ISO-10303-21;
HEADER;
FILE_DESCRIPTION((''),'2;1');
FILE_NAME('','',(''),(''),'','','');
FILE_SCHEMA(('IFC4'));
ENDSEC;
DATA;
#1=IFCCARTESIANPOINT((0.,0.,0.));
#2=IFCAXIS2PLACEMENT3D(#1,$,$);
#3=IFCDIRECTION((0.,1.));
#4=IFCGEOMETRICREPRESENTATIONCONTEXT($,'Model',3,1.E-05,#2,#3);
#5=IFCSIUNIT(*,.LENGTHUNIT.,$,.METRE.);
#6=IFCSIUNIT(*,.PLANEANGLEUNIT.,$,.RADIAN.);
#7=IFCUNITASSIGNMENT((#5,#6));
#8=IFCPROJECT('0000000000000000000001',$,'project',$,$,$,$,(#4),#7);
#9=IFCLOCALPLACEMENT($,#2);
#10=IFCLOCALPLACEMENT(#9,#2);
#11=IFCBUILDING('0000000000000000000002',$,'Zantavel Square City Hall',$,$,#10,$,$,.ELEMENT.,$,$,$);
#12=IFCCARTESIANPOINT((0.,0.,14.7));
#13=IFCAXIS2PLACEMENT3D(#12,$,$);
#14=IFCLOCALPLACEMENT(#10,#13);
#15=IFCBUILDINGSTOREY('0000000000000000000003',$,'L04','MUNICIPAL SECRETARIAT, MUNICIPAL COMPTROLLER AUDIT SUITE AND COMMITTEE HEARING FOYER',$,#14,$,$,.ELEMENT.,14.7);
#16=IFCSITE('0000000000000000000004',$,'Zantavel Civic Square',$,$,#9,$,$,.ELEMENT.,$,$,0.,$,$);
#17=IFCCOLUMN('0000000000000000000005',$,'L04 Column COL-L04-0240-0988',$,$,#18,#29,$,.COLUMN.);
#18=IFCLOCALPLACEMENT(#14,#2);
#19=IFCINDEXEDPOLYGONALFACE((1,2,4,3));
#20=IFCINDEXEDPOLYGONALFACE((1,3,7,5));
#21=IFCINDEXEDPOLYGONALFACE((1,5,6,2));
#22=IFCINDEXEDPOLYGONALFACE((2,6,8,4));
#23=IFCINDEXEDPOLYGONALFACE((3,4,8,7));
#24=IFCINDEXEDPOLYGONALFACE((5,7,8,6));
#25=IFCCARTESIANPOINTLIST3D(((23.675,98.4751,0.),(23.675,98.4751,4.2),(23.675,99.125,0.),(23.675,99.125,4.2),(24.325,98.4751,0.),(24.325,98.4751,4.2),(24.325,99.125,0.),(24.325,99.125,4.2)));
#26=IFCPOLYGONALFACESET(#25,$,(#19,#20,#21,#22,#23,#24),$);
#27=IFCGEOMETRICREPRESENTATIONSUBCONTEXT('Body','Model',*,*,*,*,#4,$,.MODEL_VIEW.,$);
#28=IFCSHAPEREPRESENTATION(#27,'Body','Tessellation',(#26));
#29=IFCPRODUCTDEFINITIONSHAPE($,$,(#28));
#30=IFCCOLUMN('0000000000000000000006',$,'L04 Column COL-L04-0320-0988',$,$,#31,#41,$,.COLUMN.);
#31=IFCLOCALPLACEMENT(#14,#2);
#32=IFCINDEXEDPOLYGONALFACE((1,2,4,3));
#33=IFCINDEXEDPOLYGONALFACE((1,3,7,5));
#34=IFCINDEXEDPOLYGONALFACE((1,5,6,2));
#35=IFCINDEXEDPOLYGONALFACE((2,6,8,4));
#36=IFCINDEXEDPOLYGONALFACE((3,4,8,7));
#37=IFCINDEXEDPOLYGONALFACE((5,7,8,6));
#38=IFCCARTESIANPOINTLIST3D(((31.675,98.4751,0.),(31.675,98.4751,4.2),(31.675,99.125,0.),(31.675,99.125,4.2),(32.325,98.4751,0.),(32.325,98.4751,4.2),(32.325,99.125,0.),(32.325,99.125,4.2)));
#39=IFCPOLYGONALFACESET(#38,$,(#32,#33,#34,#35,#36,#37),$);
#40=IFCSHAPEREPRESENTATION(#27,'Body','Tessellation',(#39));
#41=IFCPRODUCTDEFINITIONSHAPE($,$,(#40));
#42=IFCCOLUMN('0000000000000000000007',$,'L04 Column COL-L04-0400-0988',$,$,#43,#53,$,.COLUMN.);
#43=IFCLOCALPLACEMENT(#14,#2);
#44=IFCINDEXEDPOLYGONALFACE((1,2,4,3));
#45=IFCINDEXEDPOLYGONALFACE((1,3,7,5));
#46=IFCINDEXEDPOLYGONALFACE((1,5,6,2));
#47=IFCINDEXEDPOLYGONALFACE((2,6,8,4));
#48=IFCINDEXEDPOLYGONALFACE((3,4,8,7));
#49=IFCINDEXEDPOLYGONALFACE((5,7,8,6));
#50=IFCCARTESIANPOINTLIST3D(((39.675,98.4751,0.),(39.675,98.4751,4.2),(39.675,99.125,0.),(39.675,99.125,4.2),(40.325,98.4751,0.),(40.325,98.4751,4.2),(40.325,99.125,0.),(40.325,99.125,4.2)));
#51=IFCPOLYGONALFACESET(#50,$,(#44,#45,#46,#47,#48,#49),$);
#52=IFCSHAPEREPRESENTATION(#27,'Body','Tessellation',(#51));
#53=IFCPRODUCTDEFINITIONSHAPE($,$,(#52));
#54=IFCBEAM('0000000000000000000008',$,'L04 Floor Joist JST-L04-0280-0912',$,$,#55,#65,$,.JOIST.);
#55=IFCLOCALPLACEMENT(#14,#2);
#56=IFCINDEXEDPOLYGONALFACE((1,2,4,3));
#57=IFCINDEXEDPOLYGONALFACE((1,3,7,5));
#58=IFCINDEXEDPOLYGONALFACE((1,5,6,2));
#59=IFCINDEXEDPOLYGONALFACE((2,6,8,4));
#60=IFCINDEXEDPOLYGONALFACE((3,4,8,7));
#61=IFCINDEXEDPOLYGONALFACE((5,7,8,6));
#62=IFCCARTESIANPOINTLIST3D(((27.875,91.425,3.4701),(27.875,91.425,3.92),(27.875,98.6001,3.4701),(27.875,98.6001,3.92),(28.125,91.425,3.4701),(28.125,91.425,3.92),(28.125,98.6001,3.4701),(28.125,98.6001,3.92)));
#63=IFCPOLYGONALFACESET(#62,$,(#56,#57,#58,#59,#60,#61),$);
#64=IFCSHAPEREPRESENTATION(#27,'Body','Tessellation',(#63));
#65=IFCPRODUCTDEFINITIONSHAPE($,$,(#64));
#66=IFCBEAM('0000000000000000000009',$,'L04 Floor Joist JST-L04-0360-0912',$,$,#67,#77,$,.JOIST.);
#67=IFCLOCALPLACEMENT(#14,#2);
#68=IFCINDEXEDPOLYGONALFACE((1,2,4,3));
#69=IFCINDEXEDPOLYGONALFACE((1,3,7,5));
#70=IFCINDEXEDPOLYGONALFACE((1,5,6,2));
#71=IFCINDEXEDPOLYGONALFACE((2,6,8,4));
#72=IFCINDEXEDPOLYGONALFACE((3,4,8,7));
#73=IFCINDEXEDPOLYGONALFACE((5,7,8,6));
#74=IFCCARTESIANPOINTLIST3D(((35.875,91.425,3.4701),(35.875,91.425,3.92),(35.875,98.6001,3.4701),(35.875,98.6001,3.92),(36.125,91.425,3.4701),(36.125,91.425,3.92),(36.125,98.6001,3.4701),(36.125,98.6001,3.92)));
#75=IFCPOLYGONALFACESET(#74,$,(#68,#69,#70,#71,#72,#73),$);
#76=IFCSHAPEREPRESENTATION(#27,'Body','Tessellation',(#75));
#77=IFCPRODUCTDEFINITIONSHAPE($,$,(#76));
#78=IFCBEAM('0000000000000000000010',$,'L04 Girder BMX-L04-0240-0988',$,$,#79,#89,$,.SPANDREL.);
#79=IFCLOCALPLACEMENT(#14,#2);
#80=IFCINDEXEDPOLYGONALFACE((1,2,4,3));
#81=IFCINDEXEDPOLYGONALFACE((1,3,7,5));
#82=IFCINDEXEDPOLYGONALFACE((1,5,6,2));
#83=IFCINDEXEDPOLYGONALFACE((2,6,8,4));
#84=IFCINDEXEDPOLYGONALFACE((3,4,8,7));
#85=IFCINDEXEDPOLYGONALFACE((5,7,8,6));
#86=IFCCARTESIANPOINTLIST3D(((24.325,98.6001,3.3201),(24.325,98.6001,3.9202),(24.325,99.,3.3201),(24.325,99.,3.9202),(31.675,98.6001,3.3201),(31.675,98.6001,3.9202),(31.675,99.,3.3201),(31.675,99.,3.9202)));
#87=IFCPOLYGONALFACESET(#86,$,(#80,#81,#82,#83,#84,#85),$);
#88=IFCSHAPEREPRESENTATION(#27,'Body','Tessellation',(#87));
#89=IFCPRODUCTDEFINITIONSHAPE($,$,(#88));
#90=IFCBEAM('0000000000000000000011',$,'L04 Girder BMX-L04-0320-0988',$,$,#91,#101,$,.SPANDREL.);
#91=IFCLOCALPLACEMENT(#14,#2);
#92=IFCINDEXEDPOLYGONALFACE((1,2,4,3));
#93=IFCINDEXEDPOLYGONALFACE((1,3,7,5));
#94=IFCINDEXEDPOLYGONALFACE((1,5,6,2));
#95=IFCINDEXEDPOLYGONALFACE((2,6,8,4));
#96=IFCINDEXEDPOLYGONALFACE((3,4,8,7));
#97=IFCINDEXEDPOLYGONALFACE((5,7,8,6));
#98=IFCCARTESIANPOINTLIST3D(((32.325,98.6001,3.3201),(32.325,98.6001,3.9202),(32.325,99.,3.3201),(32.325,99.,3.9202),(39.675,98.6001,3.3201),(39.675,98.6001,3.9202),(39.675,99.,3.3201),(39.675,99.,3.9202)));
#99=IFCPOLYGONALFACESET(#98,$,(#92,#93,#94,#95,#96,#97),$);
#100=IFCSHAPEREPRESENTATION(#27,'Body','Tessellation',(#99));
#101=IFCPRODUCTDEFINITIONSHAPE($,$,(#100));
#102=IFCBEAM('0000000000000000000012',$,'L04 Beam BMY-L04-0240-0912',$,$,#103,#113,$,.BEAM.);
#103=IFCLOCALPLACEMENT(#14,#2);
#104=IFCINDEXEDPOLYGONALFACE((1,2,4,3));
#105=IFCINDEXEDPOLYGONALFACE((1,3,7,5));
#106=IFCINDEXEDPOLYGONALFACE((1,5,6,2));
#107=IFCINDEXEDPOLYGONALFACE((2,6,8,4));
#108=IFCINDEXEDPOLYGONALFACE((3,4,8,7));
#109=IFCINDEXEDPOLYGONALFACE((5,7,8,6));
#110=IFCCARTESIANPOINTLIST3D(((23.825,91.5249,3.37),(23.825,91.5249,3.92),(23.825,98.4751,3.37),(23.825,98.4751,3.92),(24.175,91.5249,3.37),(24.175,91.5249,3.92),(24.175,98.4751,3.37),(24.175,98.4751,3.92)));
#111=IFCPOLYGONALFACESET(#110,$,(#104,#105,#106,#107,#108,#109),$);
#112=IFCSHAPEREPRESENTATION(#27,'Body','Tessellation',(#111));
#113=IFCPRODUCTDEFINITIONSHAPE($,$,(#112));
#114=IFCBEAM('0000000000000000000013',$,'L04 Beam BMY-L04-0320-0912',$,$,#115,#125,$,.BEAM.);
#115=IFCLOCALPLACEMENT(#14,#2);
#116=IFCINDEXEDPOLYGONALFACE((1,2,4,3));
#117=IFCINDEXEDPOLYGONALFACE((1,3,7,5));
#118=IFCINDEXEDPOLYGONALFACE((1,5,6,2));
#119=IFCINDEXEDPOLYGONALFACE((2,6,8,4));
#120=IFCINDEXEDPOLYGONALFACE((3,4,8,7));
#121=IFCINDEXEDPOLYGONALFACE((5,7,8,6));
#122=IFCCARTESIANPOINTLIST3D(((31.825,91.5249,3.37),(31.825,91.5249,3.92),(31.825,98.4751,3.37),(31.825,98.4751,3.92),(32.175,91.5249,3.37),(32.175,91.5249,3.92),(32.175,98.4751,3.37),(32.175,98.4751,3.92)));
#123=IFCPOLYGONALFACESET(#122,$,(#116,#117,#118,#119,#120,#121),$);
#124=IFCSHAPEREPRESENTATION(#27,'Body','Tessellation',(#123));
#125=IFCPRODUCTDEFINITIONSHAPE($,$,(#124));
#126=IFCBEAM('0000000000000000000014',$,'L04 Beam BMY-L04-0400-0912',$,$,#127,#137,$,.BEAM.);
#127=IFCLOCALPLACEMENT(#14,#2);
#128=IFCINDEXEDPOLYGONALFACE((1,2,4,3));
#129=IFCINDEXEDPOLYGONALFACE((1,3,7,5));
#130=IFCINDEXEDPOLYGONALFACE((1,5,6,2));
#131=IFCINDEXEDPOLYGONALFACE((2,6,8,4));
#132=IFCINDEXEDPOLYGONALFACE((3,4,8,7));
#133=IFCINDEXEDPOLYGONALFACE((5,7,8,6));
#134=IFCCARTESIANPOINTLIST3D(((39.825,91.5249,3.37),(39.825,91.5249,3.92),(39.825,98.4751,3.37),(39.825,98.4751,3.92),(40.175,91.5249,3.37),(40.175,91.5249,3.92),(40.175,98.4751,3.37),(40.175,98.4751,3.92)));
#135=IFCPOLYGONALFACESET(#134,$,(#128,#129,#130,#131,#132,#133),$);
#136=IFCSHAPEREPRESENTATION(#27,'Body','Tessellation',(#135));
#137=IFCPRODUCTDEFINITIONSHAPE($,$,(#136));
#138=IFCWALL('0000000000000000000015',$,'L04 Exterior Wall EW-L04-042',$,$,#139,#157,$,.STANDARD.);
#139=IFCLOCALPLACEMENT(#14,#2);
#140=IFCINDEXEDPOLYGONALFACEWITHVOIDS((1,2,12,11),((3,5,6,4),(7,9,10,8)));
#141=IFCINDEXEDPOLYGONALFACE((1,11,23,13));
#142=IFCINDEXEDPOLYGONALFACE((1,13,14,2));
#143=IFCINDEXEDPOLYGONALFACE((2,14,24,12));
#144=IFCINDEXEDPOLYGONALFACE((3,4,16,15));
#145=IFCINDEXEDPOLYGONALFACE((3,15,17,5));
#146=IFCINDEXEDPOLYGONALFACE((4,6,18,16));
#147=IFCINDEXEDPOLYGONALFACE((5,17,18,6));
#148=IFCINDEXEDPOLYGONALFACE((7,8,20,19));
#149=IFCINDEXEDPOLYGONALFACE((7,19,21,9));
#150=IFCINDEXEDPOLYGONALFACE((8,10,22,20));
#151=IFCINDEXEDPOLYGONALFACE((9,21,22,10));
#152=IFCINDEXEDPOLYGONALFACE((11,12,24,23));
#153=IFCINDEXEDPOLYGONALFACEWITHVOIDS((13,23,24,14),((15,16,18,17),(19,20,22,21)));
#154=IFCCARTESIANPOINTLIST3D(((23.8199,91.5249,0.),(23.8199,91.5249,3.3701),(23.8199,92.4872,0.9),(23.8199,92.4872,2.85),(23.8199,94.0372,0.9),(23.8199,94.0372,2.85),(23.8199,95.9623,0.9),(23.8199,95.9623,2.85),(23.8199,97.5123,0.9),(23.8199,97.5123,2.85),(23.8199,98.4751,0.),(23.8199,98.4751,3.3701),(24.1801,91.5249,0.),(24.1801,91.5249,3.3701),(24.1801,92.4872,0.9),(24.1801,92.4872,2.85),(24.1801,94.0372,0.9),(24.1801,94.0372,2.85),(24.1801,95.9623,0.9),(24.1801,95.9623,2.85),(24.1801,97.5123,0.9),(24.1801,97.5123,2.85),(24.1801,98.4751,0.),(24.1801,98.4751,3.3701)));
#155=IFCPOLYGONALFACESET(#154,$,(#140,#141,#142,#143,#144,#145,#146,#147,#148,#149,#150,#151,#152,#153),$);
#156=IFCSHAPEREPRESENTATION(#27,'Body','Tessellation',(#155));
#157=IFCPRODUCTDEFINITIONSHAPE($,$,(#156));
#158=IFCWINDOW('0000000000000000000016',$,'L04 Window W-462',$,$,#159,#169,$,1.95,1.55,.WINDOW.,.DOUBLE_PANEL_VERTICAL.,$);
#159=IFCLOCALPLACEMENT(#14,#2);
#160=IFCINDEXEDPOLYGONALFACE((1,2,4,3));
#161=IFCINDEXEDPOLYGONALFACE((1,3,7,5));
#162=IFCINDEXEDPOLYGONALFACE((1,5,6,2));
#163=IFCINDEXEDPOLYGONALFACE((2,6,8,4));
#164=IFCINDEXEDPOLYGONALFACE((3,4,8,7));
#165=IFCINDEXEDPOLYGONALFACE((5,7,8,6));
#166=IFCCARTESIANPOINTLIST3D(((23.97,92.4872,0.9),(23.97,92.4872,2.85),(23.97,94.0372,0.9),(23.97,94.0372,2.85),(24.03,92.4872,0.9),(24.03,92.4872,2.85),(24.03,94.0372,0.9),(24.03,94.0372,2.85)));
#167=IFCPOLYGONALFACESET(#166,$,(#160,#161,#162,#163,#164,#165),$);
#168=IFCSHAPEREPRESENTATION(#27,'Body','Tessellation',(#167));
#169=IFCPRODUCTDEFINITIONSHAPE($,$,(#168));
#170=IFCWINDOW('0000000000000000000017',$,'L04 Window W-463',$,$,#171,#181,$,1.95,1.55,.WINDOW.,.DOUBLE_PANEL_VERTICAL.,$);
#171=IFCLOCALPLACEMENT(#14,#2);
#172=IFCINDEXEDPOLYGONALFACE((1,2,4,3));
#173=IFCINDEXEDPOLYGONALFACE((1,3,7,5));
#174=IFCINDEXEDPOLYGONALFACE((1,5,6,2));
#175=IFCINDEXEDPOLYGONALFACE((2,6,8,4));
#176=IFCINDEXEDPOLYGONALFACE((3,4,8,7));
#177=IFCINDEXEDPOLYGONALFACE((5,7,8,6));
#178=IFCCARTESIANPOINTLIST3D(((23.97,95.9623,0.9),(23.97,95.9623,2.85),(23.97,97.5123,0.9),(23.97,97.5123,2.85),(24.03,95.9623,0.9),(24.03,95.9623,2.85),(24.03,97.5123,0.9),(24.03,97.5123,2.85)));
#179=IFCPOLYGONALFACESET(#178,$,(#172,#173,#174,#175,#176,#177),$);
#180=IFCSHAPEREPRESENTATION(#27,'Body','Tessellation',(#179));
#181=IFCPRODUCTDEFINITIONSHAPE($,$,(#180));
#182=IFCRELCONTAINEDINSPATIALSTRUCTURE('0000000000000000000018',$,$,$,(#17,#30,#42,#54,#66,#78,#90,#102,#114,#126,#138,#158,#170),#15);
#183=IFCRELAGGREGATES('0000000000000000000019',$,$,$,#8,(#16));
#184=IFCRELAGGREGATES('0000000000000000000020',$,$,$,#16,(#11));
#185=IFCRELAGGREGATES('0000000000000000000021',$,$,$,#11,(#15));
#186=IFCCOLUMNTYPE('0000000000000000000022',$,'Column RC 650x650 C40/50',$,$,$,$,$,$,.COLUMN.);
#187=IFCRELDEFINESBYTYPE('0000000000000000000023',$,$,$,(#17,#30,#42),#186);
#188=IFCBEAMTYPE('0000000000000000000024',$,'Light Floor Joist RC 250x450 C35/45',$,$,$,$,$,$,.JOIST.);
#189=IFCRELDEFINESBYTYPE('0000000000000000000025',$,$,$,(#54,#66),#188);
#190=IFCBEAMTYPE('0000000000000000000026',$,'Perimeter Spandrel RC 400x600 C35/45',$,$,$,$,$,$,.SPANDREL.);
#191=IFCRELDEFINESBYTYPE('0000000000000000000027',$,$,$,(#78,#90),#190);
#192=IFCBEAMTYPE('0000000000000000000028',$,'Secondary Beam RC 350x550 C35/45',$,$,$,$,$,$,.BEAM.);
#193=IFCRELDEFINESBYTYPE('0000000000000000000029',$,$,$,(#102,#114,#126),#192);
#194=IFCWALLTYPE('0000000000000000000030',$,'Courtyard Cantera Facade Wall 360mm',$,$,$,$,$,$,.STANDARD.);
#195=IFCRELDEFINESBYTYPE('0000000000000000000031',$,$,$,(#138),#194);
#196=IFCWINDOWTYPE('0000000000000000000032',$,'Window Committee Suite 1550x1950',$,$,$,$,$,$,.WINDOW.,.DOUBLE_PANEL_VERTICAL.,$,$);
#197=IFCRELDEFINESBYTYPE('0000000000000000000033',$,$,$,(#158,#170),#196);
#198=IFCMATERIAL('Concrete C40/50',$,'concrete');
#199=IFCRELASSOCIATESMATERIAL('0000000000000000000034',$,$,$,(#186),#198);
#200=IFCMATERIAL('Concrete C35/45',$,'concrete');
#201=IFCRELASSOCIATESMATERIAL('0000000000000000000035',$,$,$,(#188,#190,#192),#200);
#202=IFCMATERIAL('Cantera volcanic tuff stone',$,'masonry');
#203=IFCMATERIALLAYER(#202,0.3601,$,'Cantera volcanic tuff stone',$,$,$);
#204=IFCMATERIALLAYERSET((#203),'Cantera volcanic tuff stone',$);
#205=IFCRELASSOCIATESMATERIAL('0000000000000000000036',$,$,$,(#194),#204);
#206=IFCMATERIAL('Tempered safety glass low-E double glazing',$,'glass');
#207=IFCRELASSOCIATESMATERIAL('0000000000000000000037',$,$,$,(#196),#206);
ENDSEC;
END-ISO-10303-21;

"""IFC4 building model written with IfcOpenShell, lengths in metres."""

from ifc_helpers import new_model, si_unit, direction, frame, frame_2d, origin, origin_2d, place, context, subcontext, project, spatial, rectangle, extrude, material, layer, layer_set, material_profile, profile_set, type_object, element, fill, save


model = new_model("IFC4")

# Units and contexts
model_context = context("Model", 3, precision=1e-05, world=origin(), true_north=direction((0.0, 1.0)))
body_context = subcontext(model_context, "Body", "Model", "MODEL_VIEW")
ifc_project = project(units=[si_unit("LENGTHUNIT", "METRE"), si_unit("PLANEANGLEUNIT", "RADIAN")], contexts=[model_context])

# Site, building, storey
site_placement = place(None, origin())
site = spatial("IfcSite", under=ifc_project, at=site_placement, Name="Zantavel Civic Square", CompositionType="ELEMENT", RefElevation=0.0)
building_placement = place(site_placement, origin())
building = spatial("IfcBuilding", under=site, at=building_placement, Name="Zantavel Square City Hall", CompositionType="ELEMENT")
storey_placement = place(building_placement, frame((0.0, 0.0, 14.7)))
storey = spatial("IfcBuildingStorey", under=building, at=storey_placement, Name="L04", Description="MUNICIPAL SECRETARIAT, MUNICIPAL COMPTROLLER AUDIT SUITE AND COMMITTEE HEARING FOYER", CompositionType="ELEMENT", Elevation=14.7)

# Columns
ifc_material_1 = material(Name="Concrete C40/50", Category="concrete")
ifc_material_profile_1 = material_profile(ifc_material_1, rectangle(XDim=0.6499, YDim=0.6499, at=origin_2d()), Name="RC 650x650")
ifc_profile_set_1 = profile_set([ifc_material_profile_1], Name="Concrete C40/50")
column_type = type_object("IfcColumnType", Name="Column RC 650x650 C40/50", PredefinedType="COLUMN", material=ifc_profile_set_1)
for number, where, z_axis, x_axis, name in (
    (1, (24.0, 98.8, 0.0), (0.0, 0.0, 1.0), (1.0, 0.0, 0.0), "L04 Column COL-L04-0240-0988"),
    (2, (32.0, 98.8, 0.0), (0.0, 0.0, 1.0), (1.0, 0.0, 0.0), "L04 Column COL-L04-0320-0988"),
    (3, (40.0, 98.8, 0.0), (0.0, 0.0, 1.0), (1.0, 0.0, 0.0), "L04 Column COL-L04-0400-0988"),
):
    element("IfcColumn", number, at=place(storey_placement, frame(where, z_axis=z_axis, x_axis=x_axis)), inside=storey, type_object=column_type, Name=name, PredefinedType="COLUMN", context=body_context, shape_type="SweptSolid", body=[
        extrude(rectangle(XDim=0.6499, YDim=0.6499, at=origin_2d()), origin(), (0.0, 0.0, 1.0), 4.2),
    ])

# Beams
ifc_material_2 = material(Name="Concrete C35/45", Category="concrete")
ifc_material_profile_2 = material_profile(ifc_material_2, rectangle(XDim=0.25, YDim=0.45, at=origin_2d()), Name="RC 250x450")
ifc_profile_set_2 = profile_set([ifc_material_profile_2], Name="Concrete C35/45")
beam_type_1 = type_object("IfcBeamType", Name="Light Floor Joist RC 250x450 C35/45", PredefinedType="JOIST", material=ifc_profile_set_2)
for number, where, z_axis, x_axis, name in (
    (4, (28.0, 91.425, 3.6951), (0.0, 1.0, 0.0), (-1.0, 0.0, 0.0), "L04 Floor Joist JST-L04-0280-0912"),
    (5, (36.0, 91.425, 3.6951), (0.0, 1.0, 0.0), (-1.0, 0.0, 0.0), "L04 Floor Joist JST-L04-0360-0912"),
):
    element("IfcBeam", number, at=place(storey_placement, frame(where, z_axis=z_axis, x_axis=x_axis)), inside=storey, type_object=beam_type_1, Name=name, PredefinedType="JOIST", context=body_context, shape_type="SweptSolid", body=[
        extrude(rectangle(XDim=0.25, YDim=0.45, at=origin_2d()), origin(), (0.0, 0.0, 1.0), 7.175),
    ])
ifc_material_profile_3 = material_profile(ifc_material_2, rectangle(XDim=0.3999, YDim=0.6001, at=origin_2d()), Name="RC 400x600")
ifc_profile_set_3 = profile_set([ifc_material_profile_3], Name="Concrete C35/45")
beam_type_2 = type_object("IfcBeamType", Name="Perimeter Spandrel RC 400x600 C35/45", PredefinedType="SPANDREL", material=ifc_profile_set_3)
for number, where, z_axis, x_axis, name in (
    (6, (24.325, 98.8, 3.6201), (1.0, 0.0, 0.0), (0.0, 1.0, 0.0), "L04 Girder BMX-L04-0240-0988"),
    (7, (32.325, 98.8, 3.6201), (1.0, 0.0, 0.0), (0.0, 1.0, 0.0), "L04 Girder BMX-L04-0320-0988"),
):
    element("IfcBeam", number, at=place(storey_placement, frame(where, z_axis=z_axis, x_axis=x_axis)), inside=storey, type_object=beam_type_2, Name=name, PredefinedType="SPANDREL", context=body_context, shape_type="SweptSolid", body=[
        extrude(rectangle(XDim=0.3999, YDim=0.6001, at=origin_2d()), origin(), (0.0, 0.0, 1.0), 7.3501),
    ])
ifc_material_profile_4 = material_profile(ifc_material_2, rectangle(XDim=0.3501, YDim=0.55, at=origin_2d()), Name="RC 350x550")
ifc_profile_set_4 = profile_set([ifc_material_profile_4], Name="Concrete C35/45")
beam_type_3 = type_object("IfcBeamType", Name="Secondary Beam RC 350x550 C35/45", PredefinedType="BEAM", material=ifc_profile_set_4)
for number, where, z_axis, x_axis, name in (
    (8, (24.0, 91.5249, 3.645), (0.0, 1.0, 0.0), (-1.0, 0.0, 0.0), "L04 Beam BMY-L04-0240-0912"),
    (9, (32.0, 91.5249, 3.645), (0.0, 1.0, 0.0), (-1.0, 0.0, 0.0), "L04 Beam BMY-L04-0320-0912"),
    (10, (40.0, 91.5249, 3.645), (0.0, 1.0, 0.0), (-1.0, 0.0, 0.0), "L04 Beam BMY-L04-0400-0912"),
):
    element("IfcBeam", number, at=place(storey_placement, frame(where, z_axis=z_axis, x_axis=x_axis)), inside=storey, type_object=beam_type_3, Name=name, PredefinedType="BEAM", context=body_context, shape_type="SweptSolid", body=[
        extrude(rectangle(XDim=0.3501, YDim=0.55, at=origin_2d()), origin(), (0.0, 0.0, 1.0), 6.9502),
    ])

# Wall, openings, windows
ifc_material_3 = material(Name="Cantera volcanic tuff stone", Category="masonry")
ifc_layer_1 = layer(ifc_material_3, 0.3601, Name="Cantera volcanic tuff stone")
ifc_layer_set_1 = layer_set([ifc_layer_1], Name="Cantera volcanic tuff stone")
wall_type_1 = type_object("IfcWallType", Name="Courtyard Cantera Facade Wall 360mm", PredefinedType="STANDARD", material=ifc_layer_set_1)
wall_1_placement = place(storey_placement, frame((24.0, 91.5249, 0.0), z_axis=(0.0, 0.0, 1.0), x_axis=(0.0, 1.0, 0.0)))
wall_1 = element("IfcWall", 11, at=wall_1_placement, inside=storey, type_object=wall_type_1, Name="L04 Exterior Wall EW-L04-042", PredefinedType="STANDARD", context=body_context, shape_type="SweptSolid", body=[
    extrude(rectangle(XDim=6.9502, YDim=0.3601, at=frame_2d((3.4751, 0.0))), origin(), (0.0, 0.0, 1.0), 3.3701),
])
opening_1_placement = place(wall_1_placement, frame((0.9624, 0.0, 0.8999)))
opening_1 = element("IfcOpeningElement", 12, at=opening_1_placement, cuts=wall_1, PredefinedType="OPENING", context=body_context, shape_type="SweptSolid", body=[
    extrude(rectangle(XDim=1.55, YDim=1.95, at=frame_2d((0.7749, 0.9751))), frame((0.0, 0.1899, 0.0), z_axis=(0.0, -1.0, 0.0), x_axis=(1.0, 0.0, 0.0)), (0.0, 0.0, 1.0), 0.3801),
])
opening_2_placement = place(wall_1_placement, frame((4.4375, 0.0, 0.8999)))
opening_2 = element("IfcOpeningElement", 13, at=opening_2_placement, cuts=wall_1, PredefinedType="OPENING", context=body_context, shape_type="SweptSolid", body=[
    extrude(rectangle(XDim=1.55, YDim=1.95, at=frame_2d((0.7749, 0.9751))), frame((0.0, 0.1899, 0.0), z_axis=(0.0, -1.0, 0.0), x_axis=(1.0, 0.0, 0.0)), (0.0, 0.0, 1.0), 0.3801),
])
ifc_material_4 = material(Name="Tempered safety glass low-E double glazing", Category="glass")
window_type_1 = type_object("IfcWindowType", Name="Window Committee Suite 1550x1950", PartitioningType="DOUBLE_PANEL_VERTICAL", PredefinedType="WINDOW", material=ifc_material_4)
window_1_placement = place(opening_1_placement, origin())
window_1 = element("IfcWindow", 14, at=window_1_placement, inside=storey, type_object=window_type_1, Name="L04 Window W-462", OverallHeight=1.95, OverallWidth=1.55, PartitioningType="DOUBLE_PANEL_VERTICAL", PredefinedType="WINDOW", context=body_context, shape_type="SweptSolid", body=[
    extrude(rectangle(XDim=1.55, YDim=1.95, at=frame_2d((0.7749, 0.9751))), frame((0.0, 0.03, 0.0), z_axis=(0.0, -1.0, 0.0), x_axis=(1.0, 0.0, 0.0)), (0.0, 0.0, 1.0), 0.0601),
])
fill(opening_1, window_1)
window_2_placement = place(opening_2_placement, origin())
window_2 = element("IfcWindow", 15, at=window_2_placement, inside=storey, type_object=window_type_1, Name="L04 Window W-463", OverallHeight=1.95, OverallWidth=1.55, PartitioningType="DOUBLE_PANEL_VERTICAL", PredefinedType="WINDOW", context=body_context, shape_type="SweptSolid", body=[
    extrude(rectangle(XDim=1.55, YDim=1.95, at=frame_2d((0.7749, 0.9751))), frame((0.0, 0.03, 0.0), z_axis=(0.0, -1.0, 0.0), x_axis=(1.0, 0.0, 0.0)), (0.0, 0.0, 1.0), 0.0601),
])
fill(opening_2, window_2)

save(model, "model.ifc")
